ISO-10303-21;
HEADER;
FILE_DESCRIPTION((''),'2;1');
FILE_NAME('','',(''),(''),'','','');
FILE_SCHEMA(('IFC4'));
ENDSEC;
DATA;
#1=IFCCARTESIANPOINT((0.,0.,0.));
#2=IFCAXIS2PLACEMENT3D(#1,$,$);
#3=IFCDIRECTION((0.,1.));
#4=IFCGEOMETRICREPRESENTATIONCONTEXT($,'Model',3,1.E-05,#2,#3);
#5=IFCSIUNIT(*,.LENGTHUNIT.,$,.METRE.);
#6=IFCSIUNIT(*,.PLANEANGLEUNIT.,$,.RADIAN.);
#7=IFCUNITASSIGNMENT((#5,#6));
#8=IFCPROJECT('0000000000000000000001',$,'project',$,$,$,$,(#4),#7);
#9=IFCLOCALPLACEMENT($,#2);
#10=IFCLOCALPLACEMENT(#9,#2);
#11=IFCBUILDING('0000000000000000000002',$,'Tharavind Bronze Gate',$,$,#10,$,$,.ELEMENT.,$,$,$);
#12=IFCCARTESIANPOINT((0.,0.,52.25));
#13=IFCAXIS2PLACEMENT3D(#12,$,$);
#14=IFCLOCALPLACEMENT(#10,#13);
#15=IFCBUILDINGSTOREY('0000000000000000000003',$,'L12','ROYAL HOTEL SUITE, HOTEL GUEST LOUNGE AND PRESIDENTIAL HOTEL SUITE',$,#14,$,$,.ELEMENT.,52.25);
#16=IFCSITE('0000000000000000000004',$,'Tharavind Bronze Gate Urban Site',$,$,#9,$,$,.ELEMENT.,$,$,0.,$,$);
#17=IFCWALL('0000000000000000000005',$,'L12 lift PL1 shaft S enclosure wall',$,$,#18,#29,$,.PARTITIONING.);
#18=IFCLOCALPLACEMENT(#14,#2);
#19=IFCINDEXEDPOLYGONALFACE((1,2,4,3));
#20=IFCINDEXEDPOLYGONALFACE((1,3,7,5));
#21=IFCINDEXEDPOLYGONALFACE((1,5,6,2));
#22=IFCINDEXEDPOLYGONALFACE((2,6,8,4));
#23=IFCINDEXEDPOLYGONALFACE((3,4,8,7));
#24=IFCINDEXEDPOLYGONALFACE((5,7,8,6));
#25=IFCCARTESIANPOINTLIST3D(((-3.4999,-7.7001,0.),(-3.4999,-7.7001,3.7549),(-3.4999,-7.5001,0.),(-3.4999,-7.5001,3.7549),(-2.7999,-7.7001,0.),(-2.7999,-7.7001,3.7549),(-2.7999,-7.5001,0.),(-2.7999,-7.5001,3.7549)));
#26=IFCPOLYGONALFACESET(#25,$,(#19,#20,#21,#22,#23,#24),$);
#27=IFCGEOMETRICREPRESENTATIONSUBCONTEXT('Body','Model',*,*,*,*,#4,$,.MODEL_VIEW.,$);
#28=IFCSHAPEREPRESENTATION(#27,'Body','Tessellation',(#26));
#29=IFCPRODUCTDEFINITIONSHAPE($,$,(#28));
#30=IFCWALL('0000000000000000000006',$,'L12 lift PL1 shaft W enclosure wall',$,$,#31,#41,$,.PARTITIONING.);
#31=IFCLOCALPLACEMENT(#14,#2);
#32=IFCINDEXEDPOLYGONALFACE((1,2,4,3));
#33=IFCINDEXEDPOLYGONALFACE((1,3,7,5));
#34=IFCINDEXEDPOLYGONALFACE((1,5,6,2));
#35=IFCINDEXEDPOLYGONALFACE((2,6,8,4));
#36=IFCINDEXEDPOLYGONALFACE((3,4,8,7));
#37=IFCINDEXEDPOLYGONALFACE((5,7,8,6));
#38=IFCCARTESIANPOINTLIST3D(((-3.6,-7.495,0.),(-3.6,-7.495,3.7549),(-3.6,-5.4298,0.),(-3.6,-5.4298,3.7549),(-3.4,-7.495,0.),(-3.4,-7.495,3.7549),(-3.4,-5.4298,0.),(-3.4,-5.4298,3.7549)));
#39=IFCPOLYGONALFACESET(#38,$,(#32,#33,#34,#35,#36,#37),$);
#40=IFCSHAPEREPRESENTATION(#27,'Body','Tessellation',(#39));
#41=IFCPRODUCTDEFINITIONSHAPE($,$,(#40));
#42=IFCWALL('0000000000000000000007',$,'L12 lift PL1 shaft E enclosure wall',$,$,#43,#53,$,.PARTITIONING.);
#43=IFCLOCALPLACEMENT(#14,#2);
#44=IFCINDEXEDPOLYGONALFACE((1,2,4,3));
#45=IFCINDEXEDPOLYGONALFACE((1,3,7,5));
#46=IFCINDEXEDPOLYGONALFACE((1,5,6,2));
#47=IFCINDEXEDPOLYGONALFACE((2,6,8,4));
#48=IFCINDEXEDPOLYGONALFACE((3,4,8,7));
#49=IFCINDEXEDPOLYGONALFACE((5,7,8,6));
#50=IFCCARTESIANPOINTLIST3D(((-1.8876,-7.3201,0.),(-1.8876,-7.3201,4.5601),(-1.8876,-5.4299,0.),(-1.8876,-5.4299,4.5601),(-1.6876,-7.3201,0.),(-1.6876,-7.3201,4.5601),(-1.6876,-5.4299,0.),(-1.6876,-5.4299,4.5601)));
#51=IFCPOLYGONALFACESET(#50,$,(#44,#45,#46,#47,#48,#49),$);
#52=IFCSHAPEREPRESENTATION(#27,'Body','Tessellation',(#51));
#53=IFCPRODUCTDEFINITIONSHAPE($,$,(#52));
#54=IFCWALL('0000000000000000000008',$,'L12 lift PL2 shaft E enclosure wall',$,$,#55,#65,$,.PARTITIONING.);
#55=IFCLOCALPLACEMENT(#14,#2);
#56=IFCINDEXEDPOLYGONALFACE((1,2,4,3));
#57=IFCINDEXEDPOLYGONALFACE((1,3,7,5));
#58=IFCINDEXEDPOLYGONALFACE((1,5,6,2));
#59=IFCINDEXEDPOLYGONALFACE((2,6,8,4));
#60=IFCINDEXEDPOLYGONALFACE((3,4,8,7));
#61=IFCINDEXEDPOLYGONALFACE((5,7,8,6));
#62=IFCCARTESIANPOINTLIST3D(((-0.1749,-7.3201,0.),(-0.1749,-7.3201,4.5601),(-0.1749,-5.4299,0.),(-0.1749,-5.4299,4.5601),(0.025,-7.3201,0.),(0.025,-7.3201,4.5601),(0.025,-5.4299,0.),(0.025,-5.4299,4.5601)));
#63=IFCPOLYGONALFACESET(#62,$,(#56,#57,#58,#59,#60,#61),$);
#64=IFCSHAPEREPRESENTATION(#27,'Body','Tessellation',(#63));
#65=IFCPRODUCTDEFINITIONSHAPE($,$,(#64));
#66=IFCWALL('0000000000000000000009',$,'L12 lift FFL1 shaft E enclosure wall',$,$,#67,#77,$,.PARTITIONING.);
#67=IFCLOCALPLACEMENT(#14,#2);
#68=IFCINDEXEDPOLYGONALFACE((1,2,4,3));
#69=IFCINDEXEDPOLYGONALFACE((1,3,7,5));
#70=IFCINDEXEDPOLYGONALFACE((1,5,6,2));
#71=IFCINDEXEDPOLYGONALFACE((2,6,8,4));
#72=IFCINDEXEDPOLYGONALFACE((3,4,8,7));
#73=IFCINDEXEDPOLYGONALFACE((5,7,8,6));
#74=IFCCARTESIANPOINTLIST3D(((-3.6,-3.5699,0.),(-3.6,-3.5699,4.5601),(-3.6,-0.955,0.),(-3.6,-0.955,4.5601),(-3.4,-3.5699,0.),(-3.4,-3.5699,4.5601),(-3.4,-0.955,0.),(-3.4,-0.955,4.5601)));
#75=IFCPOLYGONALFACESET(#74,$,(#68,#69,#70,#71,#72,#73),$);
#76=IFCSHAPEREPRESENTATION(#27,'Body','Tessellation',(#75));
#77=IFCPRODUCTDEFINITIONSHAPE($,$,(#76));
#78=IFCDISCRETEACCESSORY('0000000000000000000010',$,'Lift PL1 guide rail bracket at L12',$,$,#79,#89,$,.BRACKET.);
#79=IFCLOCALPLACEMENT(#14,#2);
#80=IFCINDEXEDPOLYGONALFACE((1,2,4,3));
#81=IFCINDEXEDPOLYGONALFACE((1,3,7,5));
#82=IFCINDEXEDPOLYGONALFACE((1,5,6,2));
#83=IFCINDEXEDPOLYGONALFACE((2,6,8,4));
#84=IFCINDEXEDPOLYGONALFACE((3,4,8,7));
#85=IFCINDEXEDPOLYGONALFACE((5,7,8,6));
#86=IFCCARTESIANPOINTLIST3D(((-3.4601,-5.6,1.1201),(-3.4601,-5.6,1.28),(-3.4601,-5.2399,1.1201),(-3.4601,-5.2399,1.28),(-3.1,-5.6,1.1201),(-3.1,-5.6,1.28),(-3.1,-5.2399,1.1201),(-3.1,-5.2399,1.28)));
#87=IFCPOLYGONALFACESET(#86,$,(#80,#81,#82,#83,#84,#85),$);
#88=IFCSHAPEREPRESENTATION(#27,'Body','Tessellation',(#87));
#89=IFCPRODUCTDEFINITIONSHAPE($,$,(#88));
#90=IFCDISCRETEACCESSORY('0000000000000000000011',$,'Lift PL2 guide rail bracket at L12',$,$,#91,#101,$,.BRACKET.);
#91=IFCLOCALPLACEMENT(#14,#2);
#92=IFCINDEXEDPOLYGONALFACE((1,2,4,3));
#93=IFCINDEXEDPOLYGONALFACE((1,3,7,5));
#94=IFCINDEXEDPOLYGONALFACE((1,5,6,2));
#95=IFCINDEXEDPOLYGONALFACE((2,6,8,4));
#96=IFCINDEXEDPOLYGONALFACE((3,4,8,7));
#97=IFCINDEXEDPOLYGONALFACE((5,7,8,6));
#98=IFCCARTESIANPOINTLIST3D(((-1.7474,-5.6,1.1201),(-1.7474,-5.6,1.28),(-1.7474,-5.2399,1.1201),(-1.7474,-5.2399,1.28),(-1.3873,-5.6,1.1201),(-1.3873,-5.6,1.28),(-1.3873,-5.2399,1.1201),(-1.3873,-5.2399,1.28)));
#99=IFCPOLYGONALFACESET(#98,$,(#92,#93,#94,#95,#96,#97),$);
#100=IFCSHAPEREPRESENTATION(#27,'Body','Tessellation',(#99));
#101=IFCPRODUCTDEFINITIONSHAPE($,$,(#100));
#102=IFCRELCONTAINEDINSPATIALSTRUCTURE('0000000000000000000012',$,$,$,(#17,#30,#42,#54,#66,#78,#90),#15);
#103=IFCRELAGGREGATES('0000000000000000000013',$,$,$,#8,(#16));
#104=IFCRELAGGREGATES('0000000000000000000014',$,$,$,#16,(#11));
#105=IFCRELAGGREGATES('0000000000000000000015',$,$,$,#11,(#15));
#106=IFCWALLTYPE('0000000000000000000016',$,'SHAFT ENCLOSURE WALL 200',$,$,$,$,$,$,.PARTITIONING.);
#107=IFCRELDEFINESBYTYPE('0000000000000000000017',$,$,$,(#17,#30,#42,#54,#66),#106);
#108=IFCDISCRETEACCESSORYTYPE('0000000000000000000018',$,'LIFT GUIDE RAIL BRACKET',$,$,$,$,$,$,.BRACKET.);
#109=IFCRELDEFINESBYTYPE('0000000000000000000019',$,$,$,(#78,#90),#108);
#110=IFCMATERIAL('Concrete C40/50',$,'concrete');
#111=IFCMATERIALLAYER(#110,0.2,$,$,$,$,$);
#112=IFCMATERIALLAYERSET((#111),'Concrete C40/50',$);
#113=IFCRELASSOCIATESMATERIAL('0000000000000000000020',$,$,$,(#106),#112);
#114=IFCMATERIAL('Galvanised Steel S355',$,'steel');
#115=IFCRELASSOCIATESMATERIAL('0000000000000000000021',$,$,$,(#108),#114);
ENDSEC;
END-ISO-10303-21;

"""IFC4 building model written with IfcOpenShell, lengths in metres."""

from ifc_helpers import new_model, si_unit, direction, frame, frame_2d, origin, origin_2d, place, context, subcontext, project, spatial, rectangle, extrude, material, layer, layer_set, type_object, element, save


model = new_model("IFC4")

# Units and contexts
model_context = context("Model", 3, precision=1e-05, world=origin(), true_north=direction((0.0, 1.0)))
body_context = subcontext(model_context, "Body", "Model", "MODEL_VIEW")
ifc_project = project(units=[si_unit("LENGTHUNIT", "METRE"), si_unit("PLANEANGLEUNIT", "RADIAN")], contexts=[model_context])

# Site, building, storey
site_placement = place(None, origin())
site = spatial("IfcSite", under=ifc_project, at=site_placement, Name="Tharavind Bronze Gate Urban Site", CompositionType="ELEMENT", RefElevation=0.0)
building_placement = place(site_placement, origin())
building = spatial("IfcBuilding", under=site, at=building_placement, Name="Tharavind Bronze Gate", CompositionType="ELEMENT")
storey_placement = place(building_placement, frame((0.0, 0.0, 52.25)))
storey = spatial("IfcBuildingStorey", under=building, at=storey_placement, Name="L12", Description="ROYAL HOTEL SUITE, HOTEL GUEST LOUNGE AND PRESIDENTIAL HOTEL SUITE", CompositionType="ELEMENT", Elevation=52.25)

# Walls
ifc_material_1 = material(Name="Concrete C40/50", Category="concrete")
ifc_layer_1 = layer(ifc_material_1, 0.2)
ifc_layer_set_1 = layer_set([ifc_layer_1], Name="Concrete C40/50")
wall_type_1 = type_object("IfcWallType", Name="SHAFT ENCLOSURE WALL 200", PredefinedType="PARTITIONING", material=ifc_layer_set_1)
wall_1_placement = place(storey_placement, frame((-3.5, -7.6001, 0.0), z_axis=(0.0, 0.0, 1.0), x_axis=(1.0, 0.0, 0.0)))
element("IfcWall", 1, at=wall_1_placement, inside=storey, type_object=wall_type_1, Name="L12 lift PL1 shaft S enclosure wall", PredefinedType="PARTITIONING", context=body_context, shape_type="SweptSolid", body=[
    extrude(rectangle(XDim=0.7, YDim=0.2, at=frame_2d((0.3501, 0.0))), origin(), (0.0, 0.0, 1.0), 3.7549),
])
wall_2_placement = place(storey_placement, frame((-3.5, -7.4951, 0.0), z_axis=(0.0, 0.0, 1.0), x_axis=(0.0, 1.0, 0.0)))
element("IfcWall", 2, at=wall_2_placement, inside=storey, type_object=wall_type_1, Name="L12 lift PL1 shaft W enclosure wall", PredefinedType="PARTITIONING", context=body_context, shape_type="SweptSolid", body=[
    extrude(rectangle(XDim=2.0652, YDim=0.2, at=frame_2d((1.0327, 0.0))), origin(), (0.0, 0.0, 1.0), 3.7549),
])
for number, where, z_axis, x_axis, name in (
    (3, (-1.7876, -7.3201, 0.0), (0.0, 0.0, 1.0), (0.0, 1.0, 0.0), "L12 lift PL1 shaft E enclosure wall"),
    (4, (-0.075, -7.3201, 0.0), (0.0, 0.0, 1.0), (0.0, 1.0, 0.0), "L12 lift PL2 shaft E enclosure wall"),
):
    element("IfcWall", number, at=place(storey_placement, frame(where, z_axis=z_axis, x_axis=x_axis)), inside=storey, type_object=wall_type_1, Name=name, PredefinedType="PARTITIONING", context=body_context, shape_type="SweptSolid", body=[
        extrude(rectangle(XDim=1.8901, YDim=0.2, at=frame_2d((0.9451, 0.0))), origin(), (0.0, 0.0, 1.0), 4.5601),
    ])
wall_3_placement = place(storey_placement, frame((-3.5, -3.5701, 0.0), z_axis=(0.0, 0.0, 1.0), x_axis=(0.0, 1.0, 0.0)))
element("IfcWall", 5, at=wall_3_placement, inside=storey, type_object=wall_type_1, Name="L12 lift FFL1 shaft E enclosure wall", PredefinedType="PARTITIONING", context=body_context, shape_type="SweptSolid", body=[
    extrude(rectangle(XDim=2.615, YDim=0.2, at=frame_2d((1.3076, 0.0))), origin(), (0.0, 0.0, 1.0), 4.5601),
])

# Discrete accessories
ifc_material_2 = material(Name="Galvanised Steel S355", Category="steel")
discrete_accessory_type = type_object("IfcDiscreteAccessoryType", Name="LIFT GUIDE RAIL BRACKET", PredefinedType="BRACKET", material=ifc_material_2)
for number, where, z_axis, x_axis, name in (
    (6, (-3.28, -5.4199, 1.1201), (0.0, 0.0, 1.0), (1.0, 0.0, 0.0), "Lift PL1 guide rail bracket at L12"),
    (7, (-1.5674, -5.4199, 1.1201), (0.0, 0.0, 1.0), (1.0, 0.0, 0.0), "Lift PL2 guide rail bracket at L12"),
):
    element("IfcDiscreteAccessory", number, at=place(storey_placement, frame(where, z_axis=z_axis, x_axis=x_axis)), inside=storey, type_object=discrete_accessory_type, Name=name, PredefinedType="BRACKET", context=body_context, shape_type="SweptSolid", body=[
        extrude(rectangle(XDim=0.3601, YDim=0.3601, at=origin_2d()), origin(), (0.0, 0.0, 1.0), 0.1599),
    ])

save(model, "model.ifc")
